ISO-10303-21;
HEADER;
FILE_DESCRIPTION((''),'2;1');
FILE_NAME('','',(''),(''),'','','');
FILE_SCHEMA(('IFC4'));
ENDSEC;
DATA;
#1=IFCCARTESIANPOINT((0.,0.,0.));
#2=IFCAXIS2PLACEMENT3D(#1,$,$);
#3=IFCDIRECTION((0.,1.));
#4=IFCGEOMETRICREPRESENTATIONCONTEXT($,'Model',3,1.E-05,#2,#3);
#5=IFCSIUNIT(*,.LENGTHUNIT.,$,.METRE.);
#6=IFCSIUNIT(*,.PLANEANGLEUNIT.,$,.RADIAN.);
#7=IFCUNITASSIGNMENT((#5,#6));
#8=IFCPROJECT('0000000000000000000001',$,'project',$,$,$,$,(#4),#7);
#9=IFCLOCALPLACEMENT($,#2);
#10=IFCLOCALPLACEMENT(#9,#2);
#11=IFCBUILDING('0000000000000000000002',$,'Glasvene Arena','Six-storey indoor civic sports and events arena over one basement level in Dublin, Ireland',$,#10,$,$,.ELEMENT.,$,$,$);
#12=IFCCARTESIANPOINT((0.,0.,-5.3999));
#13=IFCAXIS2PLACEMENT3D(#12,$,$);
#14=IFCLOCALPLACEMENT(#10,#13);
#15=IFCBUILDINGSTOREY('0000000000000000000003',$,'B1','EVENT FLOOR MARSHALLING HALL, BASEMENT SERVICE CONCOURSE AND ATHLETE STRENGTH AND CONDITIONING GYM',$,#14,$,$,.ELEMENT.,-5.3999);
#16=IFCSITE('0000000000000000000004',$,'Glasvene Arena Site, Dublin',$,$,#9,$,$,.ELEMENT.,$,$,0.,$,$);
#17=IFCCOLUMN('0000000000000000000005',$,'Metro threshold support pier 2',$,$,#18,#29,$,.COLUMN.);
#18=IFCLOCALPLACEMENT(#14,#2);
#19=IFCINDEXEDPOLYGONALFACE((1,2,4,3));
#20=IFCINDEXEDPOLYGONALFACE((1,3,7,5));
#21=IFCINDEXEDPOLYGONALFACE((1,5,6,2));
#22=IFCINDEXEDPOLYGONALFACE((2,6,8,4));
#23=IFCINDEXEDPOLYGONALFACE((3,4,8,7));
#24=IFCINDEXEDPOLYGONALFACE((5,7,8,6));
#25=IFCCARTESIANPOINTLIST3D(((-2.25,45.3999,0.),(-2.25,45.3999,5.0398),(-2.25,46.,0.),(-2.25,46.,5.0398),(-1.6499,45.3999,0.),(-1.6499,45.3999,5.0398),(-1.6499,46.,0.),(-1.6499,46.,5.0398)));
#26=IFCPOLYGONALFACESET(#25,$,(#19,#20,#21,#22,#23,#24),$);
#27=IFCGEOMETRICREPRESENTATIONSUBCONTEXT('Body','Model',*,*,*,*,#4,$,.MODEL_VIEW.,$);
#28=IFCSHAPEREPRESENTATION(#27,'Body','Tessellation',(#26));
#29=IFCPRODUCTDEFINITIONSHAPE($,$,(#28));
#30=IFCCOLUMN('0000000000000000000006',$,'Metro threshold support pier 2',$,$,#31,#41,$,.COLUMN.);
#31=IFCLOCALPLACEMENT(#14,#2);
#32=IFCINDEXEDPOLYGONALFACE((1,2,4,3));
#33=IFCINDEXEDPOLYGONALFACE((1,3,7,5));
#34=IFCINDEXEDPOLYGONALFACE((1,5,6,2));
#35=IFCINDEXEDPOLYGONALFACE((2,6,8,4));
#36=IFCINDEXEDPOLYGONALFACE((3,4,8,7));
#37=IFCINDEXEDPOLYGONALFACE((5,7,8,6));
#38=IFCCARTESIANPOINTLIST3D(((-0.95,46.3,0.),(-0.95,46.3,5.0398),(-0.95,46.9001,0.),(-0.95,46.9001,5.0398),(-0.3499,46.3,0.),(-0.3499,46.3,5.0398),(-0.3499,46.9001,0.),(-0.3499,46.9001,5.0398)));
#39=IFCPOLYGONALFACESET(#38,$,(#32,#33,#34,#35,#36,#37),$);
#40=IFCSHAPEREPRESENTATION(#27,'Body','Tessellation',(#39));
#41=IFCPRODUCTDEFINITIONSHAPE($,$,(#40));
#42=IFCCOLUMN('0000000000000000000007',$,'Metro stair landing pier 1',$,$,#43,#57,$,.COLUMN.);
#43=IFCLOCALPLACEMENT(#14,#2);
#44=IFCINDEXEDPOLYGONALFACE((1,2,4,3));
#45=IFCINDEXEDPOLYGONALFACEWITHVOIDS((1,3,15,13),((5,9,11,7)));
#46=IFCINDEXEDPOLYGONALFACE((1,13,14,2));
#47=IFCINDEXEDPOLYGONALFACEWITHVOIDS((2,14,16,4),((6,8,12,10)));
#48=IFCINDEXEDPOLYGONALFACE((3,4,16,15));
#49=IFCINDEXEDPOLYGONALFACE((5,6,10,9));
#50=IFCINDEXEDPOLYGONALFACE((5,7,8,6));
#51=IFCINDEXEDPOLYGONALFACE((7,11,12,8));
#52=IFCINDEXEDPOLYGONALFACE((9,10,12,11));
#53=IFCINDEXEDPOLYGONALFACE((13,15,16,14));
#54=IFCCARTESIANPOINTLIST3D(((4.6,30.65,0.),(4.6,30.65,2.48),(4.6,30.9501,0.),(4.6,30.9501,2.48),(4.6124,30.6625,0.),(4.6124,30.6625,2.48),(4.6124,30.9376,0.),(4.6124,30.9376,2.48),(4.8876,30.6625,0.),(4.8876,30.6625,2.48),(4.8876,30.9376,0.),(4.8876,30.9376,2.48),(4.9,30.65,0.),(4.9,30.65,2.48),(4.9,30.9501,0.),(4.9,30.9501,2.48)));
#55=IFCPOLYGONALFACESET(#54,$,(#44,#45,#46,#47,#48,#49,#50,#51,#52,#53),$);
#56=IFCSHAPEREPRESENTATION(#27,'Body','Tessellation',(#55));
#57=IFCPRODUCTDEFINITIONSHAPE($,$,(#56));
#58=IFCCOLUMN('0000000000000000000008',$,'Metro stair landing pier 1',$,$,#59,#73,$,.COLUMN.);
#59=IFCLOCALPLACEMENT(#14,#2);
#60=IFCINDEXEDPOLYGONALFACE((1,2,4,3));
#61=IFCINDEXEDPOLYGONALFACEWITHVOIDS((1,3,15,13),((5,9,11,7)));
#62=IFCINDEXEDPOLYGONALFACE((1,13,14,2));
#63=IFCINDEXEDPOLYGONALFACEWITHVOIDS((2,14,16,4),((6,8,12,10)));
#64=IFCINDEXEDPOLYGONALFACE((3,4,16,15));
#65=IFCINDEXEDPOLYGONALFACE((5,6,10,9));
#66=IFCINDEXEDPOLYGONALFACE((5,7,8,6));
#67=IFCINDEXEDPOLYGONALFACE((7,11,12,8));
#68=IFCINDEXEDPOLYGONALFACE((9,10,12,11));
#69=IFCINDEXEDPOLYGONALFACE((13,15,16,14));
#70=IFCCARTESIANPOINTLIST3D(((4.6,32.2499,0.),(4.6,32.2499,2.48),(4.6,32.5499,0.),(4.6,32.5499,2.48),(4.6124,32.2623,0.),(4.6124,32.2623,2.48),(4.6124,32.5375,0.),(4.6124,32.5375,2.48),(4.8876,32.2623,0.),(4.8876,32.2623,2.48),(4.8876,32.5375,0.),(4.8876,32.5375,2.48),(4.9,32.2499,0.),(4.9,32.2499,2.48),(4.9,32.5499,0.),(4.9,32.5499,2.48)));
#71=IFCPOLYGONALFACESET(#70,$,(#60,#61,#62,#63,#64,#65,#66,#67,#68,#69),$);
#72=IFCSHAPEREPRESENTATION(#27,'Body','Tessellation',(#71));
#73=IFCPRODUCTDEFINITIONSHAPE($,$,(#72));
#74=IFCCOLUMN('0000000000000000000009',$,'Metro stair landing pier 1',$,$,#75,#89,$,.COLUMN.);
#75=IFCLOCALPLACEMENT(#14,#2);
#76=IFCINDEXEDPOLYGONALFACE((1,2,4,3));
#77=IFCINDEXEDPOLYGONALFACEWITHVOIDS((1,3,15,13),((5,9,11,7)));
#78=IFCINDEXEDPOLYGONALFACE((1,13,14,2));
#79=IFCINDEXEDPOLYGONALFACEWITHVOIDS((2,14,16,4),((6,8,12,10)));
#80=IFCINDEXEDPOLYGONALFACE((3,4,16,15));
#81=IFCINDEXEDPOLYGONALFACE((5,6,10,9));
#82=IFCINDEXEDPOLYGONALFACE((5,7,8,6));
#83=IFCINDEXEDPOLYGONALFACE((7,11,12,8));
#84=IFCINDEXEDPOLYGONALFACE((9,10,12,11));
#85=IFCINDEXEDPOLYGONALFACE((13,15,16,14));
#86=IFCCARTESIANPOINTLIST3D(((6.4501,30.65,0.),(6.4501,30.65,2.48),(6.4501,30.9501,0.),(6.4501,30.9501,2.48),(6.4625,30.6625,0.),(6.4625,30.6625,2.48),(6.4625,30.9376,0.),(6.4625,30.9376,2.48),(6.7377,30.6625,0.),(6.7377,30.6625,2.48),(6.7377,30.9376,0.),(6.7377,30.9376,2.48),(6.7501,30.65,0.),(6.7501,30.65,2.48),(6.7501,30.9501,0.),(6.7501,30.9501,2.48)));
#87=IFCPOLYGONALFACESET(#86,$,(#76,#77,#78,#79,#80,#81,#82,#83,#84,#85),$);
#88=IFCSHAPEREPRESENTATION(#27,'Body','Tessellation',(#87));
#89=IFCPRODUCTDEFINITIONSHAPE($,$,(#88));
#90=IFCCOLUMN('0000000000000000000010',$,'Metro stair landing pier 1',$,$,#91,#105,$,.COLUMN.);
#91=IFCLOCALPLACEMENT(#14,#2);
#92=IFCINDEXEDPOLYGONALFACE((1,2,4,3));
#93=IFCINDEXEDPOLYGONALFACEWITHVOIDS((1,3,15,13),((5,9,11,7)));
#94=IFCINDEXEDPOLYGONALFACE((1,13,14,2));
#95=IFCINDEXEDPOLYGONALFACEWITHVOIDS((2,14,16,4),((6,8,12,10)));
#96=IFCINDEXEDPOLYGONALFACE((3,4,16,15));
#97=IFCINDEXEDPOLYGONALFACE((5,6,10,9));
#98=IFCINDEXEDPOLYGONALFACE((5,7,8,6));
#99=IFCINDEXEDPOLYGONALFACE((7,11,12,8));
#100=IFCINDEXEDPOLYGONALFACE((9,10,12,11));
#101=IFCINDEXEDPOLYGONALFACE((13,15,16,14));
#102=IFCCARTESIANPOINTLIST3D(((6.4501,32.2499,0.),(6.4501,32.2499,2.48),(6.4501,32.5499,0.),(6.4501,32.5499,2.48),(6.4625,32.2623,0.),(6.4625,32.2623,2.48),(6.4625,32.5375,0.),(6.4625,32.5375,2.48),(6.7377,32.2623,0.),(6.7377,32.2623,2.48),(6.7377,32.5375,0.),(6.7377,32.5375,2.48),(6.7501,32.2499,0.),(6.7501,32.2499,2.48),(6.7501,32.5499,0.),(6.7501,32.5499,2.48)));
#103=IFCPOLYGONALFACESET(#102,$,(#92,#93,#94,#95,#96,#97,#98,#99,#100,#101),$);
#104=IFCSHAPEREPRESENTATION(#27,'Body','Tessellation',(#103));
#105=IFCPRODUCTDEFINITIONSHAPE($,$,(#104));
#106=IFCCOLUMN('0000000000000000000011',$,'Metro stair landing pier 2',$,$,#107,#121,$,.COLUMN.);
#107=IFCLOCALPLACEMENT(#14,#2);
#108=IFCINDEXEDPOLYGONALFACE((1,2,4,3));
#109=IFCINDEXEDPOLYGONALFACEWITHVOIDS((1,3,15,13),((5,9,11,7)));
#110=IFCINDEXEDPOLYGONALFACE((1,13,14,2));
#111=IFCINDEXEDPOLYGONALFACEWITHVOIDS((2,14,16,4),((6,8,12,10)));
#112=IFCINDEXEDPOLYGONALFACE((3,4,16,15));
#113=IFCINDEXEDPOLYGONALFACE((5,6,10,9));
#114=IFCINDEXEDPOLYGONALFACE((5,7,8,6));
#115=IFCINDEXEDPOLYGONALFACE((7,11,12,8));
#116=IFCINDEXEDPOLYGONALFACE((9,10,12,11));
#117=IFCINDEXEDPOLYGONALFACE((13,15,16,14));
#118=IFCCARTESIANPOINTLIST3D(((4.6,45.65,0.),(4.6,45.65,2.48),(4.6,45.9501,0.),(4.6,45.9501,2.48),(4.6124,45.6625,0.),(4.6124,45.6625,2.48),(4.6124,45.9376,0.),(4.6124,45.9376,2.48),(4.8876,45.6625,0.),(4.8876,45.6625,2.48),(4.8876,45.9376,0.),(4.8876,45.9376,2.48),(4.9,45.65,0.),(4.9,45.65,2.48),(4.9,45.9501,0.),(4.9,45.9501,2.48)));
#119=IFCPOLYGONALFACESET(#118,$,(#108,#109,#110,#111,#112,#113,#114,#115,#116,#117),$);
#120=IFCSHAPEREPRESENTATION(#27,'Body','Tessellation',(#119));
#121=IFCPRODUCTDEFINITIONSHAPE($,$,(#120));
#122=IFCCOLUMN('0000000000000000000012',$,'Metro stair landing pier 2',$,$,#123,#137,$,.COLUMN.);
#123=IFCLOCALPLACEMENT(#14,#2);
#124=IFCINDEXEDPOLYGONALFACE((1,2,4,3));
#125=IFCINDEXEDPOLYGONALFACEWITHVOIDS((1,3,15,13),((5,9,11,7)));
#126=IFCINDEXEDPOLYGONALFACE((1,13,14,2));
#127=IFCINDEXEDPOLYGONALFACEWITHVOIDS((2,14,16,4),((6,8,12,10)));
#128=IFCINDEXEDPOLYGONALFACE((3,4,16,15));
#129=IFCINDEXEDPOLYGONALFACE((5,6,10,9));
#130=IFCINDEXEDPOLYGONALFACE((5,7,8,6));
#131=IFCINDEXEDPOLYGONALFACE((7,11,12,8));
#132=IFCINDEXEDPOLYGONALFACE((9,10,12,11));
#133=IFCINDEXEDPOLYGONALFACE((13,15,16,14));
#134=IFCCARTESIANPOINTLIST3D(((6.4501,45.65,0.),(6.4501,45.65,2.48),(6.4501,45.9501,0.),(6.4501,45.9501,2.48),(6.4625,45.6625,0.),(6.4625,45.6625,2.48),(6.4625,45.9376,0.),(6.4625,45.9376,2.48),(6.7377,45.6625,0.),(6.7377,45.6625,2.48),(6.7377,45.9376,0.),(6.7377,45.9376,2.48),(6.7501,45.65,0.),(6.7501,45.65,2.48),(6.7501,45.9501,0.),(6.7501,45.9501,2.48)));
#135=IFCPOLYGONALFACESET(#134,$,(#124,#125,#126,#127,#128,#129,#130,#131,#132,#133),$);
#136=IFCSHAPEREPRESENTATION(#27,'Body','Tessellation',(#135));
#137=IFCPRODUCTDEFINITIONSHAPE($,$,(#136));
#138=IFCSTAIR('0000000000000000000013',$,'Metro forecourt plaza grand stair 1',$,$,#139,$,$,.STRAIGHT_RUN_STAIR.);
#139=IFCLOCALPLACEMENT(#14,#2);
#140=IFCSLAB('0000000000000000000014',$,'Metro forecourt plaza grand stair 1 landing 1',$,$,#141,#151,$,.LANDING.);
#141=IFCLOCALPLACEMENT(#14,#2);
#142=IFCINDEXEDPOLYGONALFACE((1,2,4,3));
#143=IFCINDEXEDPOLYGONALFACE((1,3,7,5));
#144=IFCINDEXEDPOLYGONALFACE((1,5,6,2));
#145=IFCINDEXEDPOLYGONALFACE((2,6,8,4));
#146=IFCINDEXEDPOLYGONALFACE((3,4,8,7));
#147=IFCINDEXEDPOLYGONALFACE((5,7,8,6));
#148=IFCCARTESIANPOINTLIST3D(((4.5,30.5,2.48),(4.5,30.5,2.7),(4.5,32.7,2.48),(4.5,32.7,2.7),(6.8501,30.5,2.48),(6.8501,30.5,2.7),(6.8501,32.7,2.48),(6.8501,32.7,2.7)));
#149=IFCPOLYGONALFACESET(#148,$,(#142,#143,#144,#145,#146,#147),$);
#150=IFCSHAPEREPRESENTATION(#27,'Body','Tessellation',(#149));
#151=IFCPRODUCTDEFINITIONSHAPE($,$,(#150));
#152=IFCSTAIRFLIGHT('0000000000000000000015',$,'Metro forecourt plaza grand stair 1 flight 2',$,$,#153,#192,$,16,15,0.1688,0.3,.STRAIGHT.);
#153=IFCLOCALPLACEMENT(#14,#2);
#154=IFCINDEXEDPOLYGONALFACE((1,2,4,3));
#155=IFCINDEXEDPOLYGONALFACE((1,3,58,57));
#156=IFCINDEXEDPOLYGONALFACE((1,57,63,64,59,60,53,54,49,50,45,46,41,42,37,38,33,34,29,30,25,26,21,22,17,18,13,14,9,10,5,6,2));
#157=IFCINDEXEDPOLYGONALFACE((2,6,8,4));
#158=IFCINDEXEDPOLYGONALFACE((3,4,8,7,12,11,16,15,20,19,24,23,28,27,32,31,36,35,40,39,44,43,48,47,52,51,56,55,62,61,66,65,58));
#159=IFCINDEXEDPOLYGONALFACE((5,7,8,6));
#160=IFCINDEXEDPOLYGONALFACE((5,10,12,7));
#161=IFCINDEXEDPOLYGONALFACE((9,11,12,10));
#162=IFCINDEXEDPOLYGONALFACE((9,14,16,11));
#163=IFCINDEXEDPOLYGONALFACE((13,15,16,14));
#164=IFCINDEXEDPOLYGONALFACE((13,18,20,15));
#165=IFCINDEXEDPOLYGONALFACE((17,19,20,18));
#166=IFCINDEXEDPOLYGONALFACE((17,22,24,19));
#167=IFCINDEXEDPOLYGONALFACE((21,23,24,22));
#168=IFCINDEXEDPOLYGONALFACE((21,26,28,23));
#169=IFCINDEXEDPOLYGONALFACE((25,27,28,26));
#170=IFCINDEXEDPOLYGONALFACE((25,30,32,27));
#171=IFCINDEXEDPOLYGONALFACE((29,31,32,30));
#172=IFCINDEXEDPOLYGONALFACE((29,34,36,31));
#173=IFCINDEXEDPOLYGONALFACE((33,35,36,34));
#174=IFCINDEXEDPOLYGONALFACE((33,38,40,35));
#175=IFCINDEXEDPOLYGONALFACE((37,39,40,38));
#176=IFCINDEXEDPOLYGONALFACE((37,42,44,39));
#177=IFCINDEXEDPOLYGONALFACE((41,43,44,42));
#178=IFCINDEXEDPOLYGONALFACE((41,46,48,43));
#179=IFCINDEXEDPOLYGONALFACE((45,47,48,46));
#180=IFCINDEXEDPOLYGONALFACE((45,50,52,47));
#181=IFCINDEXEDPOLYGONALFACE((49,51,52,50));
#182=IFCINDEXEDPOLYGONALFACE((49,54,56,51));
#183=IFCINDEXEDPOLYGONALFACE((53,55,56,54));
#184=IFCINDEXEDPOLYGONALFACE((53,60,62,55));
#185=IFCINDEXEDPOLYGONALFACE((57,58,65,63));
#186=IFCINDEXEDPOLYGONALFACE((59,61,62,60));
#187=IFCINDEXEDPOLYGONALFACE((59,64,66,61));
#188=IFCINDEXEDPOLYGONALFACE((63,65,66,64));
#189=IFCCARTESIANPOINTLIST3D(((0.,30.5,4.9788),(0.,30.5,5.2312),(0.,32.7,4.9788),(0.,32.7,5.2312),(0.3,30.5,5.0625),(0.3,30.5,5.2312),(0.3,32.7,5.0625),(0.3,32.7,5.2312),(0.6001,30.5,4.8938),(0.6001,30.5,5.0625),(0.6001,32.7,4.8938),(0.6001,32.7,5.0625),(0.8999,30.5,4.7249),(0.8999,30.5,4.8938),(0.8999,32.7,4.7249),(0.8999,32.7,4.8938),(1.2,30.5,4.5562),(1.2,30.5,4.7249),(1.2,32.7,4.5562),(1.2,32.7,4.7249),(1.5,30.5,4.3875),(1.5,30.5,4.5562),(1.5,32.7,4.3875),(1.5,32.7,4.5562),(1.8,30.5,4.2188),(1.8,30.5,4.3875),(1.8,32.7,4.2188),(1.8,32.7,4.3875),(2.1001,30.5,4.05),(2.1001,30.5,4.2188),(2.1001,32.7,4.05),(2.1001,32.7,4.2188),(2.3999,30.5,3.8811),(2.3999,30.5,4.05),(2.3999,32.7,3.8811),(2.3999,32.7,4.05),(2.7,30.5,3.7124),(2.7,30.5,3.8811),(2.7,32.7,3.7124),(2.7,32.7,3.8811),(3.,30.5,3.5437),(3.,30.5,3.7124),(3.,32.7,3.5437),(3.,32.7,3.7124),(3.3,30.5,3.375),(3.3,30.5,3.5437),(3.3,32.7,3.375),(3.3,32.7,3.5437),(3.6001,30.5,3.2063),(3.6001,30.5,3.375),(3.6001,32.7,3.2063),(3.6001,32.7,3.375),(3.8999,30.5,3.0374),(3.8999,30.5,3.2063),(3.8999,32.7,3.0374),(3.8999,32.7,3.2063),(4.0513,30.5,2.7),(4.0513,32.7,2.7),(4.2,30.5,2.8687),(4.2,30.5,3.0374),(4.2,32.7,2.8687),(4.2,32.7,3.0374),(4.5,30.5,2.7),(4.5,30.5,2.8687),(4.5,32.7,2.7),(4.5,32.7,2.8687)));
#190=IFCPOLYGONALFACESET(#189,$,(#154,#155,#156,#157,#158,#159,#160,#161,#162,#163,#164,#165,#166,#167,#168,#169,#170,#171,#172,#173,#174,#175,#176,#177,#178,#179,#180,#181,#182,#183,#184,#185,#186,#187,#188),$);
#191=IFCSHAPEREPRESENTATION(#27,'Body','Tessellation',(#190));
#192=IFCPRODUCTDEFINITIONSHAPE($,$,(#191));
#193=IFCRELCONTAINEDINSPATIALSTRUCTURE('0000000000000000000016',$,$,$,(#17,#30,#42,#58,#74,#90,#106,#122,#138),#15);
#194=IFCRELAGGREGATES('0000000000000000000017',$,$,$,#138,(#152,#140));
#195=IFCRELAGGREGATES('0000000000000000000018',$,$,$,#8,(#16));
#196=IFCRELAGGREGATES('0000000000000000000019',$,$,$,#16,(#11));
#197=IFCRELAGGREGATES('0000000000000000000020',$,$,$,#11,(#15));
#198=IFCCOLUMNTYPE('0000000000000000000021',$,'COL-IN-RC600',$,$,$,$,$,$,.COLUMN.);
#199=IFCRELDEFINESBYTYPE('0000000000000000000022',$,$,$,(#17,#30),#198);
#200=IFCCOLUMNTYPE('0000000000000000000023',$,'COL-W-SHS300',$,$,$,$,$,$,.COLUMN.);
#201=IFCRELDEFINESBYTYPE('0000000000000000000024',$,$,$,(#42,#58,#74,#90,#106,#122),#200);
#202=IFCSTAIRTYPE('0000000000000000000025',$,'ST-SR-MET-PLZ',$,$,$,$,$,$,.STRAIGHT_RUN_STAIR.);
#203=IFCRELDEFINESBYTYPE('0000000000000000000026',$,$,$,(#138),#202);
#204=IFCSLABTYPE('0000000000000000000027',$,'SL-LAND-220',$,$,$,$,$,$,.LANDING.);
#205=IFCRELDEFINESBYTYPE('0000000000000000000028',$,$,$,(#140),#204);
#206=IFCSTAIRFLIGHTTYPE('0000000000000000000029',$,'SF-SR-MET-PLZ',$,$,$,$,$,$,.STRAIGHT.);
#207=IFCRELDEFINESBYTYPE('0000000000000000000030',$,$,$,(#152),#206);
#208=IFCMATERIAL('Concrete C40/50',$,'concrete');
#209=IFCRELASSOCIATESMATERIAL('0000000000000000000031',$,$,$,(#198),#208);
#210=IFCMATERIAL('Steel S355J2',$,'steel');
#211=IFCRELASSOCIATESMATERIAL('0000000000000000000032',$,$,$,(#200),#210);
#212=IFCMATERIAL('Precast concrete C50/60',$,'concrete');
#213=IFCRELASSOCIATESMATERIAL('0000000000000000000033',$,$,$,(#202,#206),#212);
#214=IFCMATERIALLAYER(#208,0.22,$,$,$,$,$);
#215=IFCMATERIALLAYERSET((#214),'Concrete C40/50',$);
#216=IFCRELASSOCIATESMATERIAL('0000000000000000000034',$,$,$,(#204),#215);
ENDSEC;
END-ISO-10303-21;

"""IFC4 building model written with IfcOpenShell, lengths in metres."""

from ifc_helpers import new_model, si_unit, direction, frame, origin, origin_2d, place, context, subcontext, project, spatial, polyline, rectangle, hollow_rectangle, outline, extrude, material, layer, layer_set, material_profile, profile_set, type_object, element, aggregate, save


model = new_model("IFC4")

# Units and contexts
model_context = context("Model", 3, precision=1e-05, world=origin(), true_north=direction((0.0, 1.0)))
body_context = subcontext(model_context, "Body", "Model", "MODEL_VIEW")
ifc_project = project(units=[si_unit("LENGTHUNIT", "METRE"), si_unit("PLANEANGLEUNIT", "RADIAN")], contexts=[model_context])

# Site, building, storey
site_placement = place(None, origin())
site = spatial("IfcSite", under=ifc_project, at=site_placement, Name="Glasvene Arena Site, Dublin", CompositionType="ELEMENT", RefElevation=0.0)
building_placement = place(site_placement, origin())
building = spatial("IfcBuilding", under=site, at=building_placement, Name="Glasvene Arena", Description="Six-storey indoor civic sports and events arena over one basement level in Dublin, Ireland", CompositionType="ELEMENT")
storey_placement = place(building_placement, frame((0.0, 0.0, -5.3999)))
storey = spatial("IfcBuildingStorey", under=building, at=storey_placement, Name="B1", Description="EVENT FLOOR MARSHALLING HALL, BASEMENT SERVICE CONCOURSE AND ATHLETE STRENGTH AND CONDITIONING GYM", CompositionType="ELEMENT", Elevation=-5.3999)

# Shared definitions
ifc_material_1 = material(Name="Concrete C40/50", Category="concrete")

# Columns
ifc_material_profile_1 = material_profile(ifc_material_1, rectangle(XDim=0.6001, YDim=0.6001, at=origin_2d()), Name="RC 600x600")
ifc_profile_set_1 = profile_set([ifc_material_profile_1], Name="Concrete C40/50")
column_type_1 = type_object("IfcColumnType", Name="COL-IN-RC600", PredefinedType="COLUMN", material=ifc_profile_set_1)
for number, where, z_axis, x_axis, name in (
    (1, (-1.95, 45.7, 0.0), (0.0, 0.0, 1.0), (1.0, 0.0, 0.0), "Metro threshold support pier 2"),
    (2, (-0.6499, 46.6001, 0.0), (0.0, 0.0, 1.0), (1.0, 0.0, 0.0), "Metro threshold support pier 2"),
):
    element("IfcColumn", number, at=place(storey_placement, frame(where, z_axis=z_axis, x_axis=x_axis)), inside=storey, type_object=column_type_1, Name=name, PredefinedType="COLUMN", context=body_context, shape_type="SweptSolid", body=[
        extrude(rectangle(XDim=0.6001, YDim=0.6001, at=origin_2d()), origin(), (0.0, 0.0, 1.0), 5.0398),
    ])
ifc_material_2 = material(Name="Steel S355J2", Category="steel")
ifc_material_profile_2 = material_profile(ifc_material_2, hollow_rectangle(XDim=0.3, YDim=0.3, WallThickness=0.0125, at=origin_2d()), Name="SHS 300x300x12.5")
ifc_profile_set_2 = profile_set([ifc_material_profile_2], Name="Steel S355J2")
column_type_2 = type_object("IfcColumnType", Name="COL-W-SHS300", PredefinedType="COLUMN", material=ifc_profile_set_2)
for number, where, z_axis, x_axis, name in (
    (3, (4.75, 30.8, 0.0), (0.0, 0.0, 1.0), (1.0, 0.0, 0.0), "Metro stair landing pier 1"),
    (4, (4.75, 32.3999, 0.0), (0.0, 0.0, 1.0), (1.0, 0.0, 0.0), "Metro stair landing pier 1"),
    (5, (6.6001, 30.8, 0.0), (0.0, 0.0, 1.0), (1.0, 0.0, 0.0), "Metro stair landing pier 1"),
    (6, (6.6001, 32.3999, 0.0), (0.0, 0.0, 1.0), (1.0, 0.0, 0.0), "Metro stair landing pier 1"),
    (7, (4.75, 45.8, 0.0), (0.0, 0.0, 1.0), (1.0, 0.0, 0.0), "Metro stair landing pier 2"),
    (8, (6.6001, 45.8, 0.0), (0.0, 0.0, 1.0), (1.0, 0.0, 0.0), "Metro stair landing pier 2"),
):
    element("IfcColumn", number, at=place(storey_placement, frame(where, z_axis=z_axis, x_axis=x_axis)), inside=storey, type_object=column_type_2, Name=name, PredefinedType="COLUMN", context=body_context, shape_type="SweptSolid", body=[
        extrude(hollow_rectangle(XDim=0.3, YDim=0.3, WallThickness=0.0125, at=origin_2d()), origin(), (0.0, 0.0, 1.0), 2.48),
    ])

# Stair, slab, stair flight
ifc_material_3 = material(Name="Precast concrete C50/60", Category="concrete")
stair_type = type_object("IfcStairType", Name="ST-SR-MET-PLZ", PredefinedType="STRAIGHT_RUN_STAIR", material=ifc_material_3)
stair_1_placement = place(storey_placement, origin())
stair_1 = element("IfcStair", 9, at=stair_1_placement, inside=storey, type_object=stair_type, Name="Metro forecourt plaza grand stair 1", PredefinedType="STRAIGHT_RUN_STAIR")
ifc_layer_1 = layer(ifc_material_1, 0.22)
ifc_layer_set_1 = layer_set([ifc_layer_1], Name="Concrete C40/50")
slab_type = type_object("IfcSlabType", Name="SL-LAND-220", PredefinedType="LANDING", material=ifc_layer_set_1)
slab_placement = place(storey_placement, frame((5.675, 31.6001, 2.48)))
slab = element("IfcSlab", 10, at=slab_placement, type_object=slab_type, Name="Metro forecourt plaza grand stair 1 landing 1", PredefinedType="LANDING", context=body_context, shape_type="SweptSolid", body=[
    extrude(outline(polyline([(-1.175, -1.1001), (1.175, -1.1001), (1.175, 1.0999), (-1.175, 1.0999), (-1.175, -1.1001)])), origin(), (0.0, 0.0, 1.0), 0.22),
])
stair_flight_type = type_object("IfcStairFlightType", Name="SF-SR-MET-PLZ", PredefinedType="STRAIGHT", material=ifc_material_3)
stair_flight_1_placement = place(storey_placement, frame((4.5, 31.6001, 2.7), z_axis=(0.0, 0.0, 1.0), x_axis=(-1.0, 0.0, 0.0)))
stair_flight_1 = element("IfcStairFlight", 11, at=stair_flight_1_placement, type_object=stair_flight_type, Name="Metro forecourt plaza grand stair 1 flight 2", NumberOfRisers=16, NumberOfTreads=15, PredefinedType="STRAIGHT", RiserHeight=0.1688, TreadLength=0.3, context=body_context, shape_type="SweptSolid", body=[
    extrude(outline(polyline([(0.0, 0.0), (0.0, 0.1687), (0.3, 0.1687), (0.3, 0.3374), (0.6001, 0.3374), (0.6001, 0.5063), (0.8999, 0.5063), (0.8999, 0.675), (1.2, 0.675), (1.2, 0.8438), (1.5, 0.8438), (1.5, 1.0125), (1.8, 1.0125), (1.8, 1.1812), (2.1001, 1.1812), (2.1001, 1.3501), (2.3999, 1.3501), (2.3999, 1.5188), (2.7, 1.5188), (2.7, 1.6875), (3.0, 1.6875), (3.0, 1.8562), (3.3, 1.8562), (3.3, 2.0249), (3.6001, 2.0249), (3.6001, 2.1938), (3.8999, 2.1938), (3.8999, 2.3625), (4.2, 2.3625), (4.2, 2.5312), (4.5, 2.5312), (4.5, 2.7), (4.5, 2.2788), (0.4487, 0.0), (0.0, 0.0)])), frame((0.0, 1.1001, 0.0), z_axis=(0.0, -1.0, 0.0), x_axis=(1.0, 0.0, 0.0)), (0.0, 0.0, 1.0), 2.2),
])
aggregate(stair_1, [stair_flight_1, slab])

save(model, "model.ifc")
